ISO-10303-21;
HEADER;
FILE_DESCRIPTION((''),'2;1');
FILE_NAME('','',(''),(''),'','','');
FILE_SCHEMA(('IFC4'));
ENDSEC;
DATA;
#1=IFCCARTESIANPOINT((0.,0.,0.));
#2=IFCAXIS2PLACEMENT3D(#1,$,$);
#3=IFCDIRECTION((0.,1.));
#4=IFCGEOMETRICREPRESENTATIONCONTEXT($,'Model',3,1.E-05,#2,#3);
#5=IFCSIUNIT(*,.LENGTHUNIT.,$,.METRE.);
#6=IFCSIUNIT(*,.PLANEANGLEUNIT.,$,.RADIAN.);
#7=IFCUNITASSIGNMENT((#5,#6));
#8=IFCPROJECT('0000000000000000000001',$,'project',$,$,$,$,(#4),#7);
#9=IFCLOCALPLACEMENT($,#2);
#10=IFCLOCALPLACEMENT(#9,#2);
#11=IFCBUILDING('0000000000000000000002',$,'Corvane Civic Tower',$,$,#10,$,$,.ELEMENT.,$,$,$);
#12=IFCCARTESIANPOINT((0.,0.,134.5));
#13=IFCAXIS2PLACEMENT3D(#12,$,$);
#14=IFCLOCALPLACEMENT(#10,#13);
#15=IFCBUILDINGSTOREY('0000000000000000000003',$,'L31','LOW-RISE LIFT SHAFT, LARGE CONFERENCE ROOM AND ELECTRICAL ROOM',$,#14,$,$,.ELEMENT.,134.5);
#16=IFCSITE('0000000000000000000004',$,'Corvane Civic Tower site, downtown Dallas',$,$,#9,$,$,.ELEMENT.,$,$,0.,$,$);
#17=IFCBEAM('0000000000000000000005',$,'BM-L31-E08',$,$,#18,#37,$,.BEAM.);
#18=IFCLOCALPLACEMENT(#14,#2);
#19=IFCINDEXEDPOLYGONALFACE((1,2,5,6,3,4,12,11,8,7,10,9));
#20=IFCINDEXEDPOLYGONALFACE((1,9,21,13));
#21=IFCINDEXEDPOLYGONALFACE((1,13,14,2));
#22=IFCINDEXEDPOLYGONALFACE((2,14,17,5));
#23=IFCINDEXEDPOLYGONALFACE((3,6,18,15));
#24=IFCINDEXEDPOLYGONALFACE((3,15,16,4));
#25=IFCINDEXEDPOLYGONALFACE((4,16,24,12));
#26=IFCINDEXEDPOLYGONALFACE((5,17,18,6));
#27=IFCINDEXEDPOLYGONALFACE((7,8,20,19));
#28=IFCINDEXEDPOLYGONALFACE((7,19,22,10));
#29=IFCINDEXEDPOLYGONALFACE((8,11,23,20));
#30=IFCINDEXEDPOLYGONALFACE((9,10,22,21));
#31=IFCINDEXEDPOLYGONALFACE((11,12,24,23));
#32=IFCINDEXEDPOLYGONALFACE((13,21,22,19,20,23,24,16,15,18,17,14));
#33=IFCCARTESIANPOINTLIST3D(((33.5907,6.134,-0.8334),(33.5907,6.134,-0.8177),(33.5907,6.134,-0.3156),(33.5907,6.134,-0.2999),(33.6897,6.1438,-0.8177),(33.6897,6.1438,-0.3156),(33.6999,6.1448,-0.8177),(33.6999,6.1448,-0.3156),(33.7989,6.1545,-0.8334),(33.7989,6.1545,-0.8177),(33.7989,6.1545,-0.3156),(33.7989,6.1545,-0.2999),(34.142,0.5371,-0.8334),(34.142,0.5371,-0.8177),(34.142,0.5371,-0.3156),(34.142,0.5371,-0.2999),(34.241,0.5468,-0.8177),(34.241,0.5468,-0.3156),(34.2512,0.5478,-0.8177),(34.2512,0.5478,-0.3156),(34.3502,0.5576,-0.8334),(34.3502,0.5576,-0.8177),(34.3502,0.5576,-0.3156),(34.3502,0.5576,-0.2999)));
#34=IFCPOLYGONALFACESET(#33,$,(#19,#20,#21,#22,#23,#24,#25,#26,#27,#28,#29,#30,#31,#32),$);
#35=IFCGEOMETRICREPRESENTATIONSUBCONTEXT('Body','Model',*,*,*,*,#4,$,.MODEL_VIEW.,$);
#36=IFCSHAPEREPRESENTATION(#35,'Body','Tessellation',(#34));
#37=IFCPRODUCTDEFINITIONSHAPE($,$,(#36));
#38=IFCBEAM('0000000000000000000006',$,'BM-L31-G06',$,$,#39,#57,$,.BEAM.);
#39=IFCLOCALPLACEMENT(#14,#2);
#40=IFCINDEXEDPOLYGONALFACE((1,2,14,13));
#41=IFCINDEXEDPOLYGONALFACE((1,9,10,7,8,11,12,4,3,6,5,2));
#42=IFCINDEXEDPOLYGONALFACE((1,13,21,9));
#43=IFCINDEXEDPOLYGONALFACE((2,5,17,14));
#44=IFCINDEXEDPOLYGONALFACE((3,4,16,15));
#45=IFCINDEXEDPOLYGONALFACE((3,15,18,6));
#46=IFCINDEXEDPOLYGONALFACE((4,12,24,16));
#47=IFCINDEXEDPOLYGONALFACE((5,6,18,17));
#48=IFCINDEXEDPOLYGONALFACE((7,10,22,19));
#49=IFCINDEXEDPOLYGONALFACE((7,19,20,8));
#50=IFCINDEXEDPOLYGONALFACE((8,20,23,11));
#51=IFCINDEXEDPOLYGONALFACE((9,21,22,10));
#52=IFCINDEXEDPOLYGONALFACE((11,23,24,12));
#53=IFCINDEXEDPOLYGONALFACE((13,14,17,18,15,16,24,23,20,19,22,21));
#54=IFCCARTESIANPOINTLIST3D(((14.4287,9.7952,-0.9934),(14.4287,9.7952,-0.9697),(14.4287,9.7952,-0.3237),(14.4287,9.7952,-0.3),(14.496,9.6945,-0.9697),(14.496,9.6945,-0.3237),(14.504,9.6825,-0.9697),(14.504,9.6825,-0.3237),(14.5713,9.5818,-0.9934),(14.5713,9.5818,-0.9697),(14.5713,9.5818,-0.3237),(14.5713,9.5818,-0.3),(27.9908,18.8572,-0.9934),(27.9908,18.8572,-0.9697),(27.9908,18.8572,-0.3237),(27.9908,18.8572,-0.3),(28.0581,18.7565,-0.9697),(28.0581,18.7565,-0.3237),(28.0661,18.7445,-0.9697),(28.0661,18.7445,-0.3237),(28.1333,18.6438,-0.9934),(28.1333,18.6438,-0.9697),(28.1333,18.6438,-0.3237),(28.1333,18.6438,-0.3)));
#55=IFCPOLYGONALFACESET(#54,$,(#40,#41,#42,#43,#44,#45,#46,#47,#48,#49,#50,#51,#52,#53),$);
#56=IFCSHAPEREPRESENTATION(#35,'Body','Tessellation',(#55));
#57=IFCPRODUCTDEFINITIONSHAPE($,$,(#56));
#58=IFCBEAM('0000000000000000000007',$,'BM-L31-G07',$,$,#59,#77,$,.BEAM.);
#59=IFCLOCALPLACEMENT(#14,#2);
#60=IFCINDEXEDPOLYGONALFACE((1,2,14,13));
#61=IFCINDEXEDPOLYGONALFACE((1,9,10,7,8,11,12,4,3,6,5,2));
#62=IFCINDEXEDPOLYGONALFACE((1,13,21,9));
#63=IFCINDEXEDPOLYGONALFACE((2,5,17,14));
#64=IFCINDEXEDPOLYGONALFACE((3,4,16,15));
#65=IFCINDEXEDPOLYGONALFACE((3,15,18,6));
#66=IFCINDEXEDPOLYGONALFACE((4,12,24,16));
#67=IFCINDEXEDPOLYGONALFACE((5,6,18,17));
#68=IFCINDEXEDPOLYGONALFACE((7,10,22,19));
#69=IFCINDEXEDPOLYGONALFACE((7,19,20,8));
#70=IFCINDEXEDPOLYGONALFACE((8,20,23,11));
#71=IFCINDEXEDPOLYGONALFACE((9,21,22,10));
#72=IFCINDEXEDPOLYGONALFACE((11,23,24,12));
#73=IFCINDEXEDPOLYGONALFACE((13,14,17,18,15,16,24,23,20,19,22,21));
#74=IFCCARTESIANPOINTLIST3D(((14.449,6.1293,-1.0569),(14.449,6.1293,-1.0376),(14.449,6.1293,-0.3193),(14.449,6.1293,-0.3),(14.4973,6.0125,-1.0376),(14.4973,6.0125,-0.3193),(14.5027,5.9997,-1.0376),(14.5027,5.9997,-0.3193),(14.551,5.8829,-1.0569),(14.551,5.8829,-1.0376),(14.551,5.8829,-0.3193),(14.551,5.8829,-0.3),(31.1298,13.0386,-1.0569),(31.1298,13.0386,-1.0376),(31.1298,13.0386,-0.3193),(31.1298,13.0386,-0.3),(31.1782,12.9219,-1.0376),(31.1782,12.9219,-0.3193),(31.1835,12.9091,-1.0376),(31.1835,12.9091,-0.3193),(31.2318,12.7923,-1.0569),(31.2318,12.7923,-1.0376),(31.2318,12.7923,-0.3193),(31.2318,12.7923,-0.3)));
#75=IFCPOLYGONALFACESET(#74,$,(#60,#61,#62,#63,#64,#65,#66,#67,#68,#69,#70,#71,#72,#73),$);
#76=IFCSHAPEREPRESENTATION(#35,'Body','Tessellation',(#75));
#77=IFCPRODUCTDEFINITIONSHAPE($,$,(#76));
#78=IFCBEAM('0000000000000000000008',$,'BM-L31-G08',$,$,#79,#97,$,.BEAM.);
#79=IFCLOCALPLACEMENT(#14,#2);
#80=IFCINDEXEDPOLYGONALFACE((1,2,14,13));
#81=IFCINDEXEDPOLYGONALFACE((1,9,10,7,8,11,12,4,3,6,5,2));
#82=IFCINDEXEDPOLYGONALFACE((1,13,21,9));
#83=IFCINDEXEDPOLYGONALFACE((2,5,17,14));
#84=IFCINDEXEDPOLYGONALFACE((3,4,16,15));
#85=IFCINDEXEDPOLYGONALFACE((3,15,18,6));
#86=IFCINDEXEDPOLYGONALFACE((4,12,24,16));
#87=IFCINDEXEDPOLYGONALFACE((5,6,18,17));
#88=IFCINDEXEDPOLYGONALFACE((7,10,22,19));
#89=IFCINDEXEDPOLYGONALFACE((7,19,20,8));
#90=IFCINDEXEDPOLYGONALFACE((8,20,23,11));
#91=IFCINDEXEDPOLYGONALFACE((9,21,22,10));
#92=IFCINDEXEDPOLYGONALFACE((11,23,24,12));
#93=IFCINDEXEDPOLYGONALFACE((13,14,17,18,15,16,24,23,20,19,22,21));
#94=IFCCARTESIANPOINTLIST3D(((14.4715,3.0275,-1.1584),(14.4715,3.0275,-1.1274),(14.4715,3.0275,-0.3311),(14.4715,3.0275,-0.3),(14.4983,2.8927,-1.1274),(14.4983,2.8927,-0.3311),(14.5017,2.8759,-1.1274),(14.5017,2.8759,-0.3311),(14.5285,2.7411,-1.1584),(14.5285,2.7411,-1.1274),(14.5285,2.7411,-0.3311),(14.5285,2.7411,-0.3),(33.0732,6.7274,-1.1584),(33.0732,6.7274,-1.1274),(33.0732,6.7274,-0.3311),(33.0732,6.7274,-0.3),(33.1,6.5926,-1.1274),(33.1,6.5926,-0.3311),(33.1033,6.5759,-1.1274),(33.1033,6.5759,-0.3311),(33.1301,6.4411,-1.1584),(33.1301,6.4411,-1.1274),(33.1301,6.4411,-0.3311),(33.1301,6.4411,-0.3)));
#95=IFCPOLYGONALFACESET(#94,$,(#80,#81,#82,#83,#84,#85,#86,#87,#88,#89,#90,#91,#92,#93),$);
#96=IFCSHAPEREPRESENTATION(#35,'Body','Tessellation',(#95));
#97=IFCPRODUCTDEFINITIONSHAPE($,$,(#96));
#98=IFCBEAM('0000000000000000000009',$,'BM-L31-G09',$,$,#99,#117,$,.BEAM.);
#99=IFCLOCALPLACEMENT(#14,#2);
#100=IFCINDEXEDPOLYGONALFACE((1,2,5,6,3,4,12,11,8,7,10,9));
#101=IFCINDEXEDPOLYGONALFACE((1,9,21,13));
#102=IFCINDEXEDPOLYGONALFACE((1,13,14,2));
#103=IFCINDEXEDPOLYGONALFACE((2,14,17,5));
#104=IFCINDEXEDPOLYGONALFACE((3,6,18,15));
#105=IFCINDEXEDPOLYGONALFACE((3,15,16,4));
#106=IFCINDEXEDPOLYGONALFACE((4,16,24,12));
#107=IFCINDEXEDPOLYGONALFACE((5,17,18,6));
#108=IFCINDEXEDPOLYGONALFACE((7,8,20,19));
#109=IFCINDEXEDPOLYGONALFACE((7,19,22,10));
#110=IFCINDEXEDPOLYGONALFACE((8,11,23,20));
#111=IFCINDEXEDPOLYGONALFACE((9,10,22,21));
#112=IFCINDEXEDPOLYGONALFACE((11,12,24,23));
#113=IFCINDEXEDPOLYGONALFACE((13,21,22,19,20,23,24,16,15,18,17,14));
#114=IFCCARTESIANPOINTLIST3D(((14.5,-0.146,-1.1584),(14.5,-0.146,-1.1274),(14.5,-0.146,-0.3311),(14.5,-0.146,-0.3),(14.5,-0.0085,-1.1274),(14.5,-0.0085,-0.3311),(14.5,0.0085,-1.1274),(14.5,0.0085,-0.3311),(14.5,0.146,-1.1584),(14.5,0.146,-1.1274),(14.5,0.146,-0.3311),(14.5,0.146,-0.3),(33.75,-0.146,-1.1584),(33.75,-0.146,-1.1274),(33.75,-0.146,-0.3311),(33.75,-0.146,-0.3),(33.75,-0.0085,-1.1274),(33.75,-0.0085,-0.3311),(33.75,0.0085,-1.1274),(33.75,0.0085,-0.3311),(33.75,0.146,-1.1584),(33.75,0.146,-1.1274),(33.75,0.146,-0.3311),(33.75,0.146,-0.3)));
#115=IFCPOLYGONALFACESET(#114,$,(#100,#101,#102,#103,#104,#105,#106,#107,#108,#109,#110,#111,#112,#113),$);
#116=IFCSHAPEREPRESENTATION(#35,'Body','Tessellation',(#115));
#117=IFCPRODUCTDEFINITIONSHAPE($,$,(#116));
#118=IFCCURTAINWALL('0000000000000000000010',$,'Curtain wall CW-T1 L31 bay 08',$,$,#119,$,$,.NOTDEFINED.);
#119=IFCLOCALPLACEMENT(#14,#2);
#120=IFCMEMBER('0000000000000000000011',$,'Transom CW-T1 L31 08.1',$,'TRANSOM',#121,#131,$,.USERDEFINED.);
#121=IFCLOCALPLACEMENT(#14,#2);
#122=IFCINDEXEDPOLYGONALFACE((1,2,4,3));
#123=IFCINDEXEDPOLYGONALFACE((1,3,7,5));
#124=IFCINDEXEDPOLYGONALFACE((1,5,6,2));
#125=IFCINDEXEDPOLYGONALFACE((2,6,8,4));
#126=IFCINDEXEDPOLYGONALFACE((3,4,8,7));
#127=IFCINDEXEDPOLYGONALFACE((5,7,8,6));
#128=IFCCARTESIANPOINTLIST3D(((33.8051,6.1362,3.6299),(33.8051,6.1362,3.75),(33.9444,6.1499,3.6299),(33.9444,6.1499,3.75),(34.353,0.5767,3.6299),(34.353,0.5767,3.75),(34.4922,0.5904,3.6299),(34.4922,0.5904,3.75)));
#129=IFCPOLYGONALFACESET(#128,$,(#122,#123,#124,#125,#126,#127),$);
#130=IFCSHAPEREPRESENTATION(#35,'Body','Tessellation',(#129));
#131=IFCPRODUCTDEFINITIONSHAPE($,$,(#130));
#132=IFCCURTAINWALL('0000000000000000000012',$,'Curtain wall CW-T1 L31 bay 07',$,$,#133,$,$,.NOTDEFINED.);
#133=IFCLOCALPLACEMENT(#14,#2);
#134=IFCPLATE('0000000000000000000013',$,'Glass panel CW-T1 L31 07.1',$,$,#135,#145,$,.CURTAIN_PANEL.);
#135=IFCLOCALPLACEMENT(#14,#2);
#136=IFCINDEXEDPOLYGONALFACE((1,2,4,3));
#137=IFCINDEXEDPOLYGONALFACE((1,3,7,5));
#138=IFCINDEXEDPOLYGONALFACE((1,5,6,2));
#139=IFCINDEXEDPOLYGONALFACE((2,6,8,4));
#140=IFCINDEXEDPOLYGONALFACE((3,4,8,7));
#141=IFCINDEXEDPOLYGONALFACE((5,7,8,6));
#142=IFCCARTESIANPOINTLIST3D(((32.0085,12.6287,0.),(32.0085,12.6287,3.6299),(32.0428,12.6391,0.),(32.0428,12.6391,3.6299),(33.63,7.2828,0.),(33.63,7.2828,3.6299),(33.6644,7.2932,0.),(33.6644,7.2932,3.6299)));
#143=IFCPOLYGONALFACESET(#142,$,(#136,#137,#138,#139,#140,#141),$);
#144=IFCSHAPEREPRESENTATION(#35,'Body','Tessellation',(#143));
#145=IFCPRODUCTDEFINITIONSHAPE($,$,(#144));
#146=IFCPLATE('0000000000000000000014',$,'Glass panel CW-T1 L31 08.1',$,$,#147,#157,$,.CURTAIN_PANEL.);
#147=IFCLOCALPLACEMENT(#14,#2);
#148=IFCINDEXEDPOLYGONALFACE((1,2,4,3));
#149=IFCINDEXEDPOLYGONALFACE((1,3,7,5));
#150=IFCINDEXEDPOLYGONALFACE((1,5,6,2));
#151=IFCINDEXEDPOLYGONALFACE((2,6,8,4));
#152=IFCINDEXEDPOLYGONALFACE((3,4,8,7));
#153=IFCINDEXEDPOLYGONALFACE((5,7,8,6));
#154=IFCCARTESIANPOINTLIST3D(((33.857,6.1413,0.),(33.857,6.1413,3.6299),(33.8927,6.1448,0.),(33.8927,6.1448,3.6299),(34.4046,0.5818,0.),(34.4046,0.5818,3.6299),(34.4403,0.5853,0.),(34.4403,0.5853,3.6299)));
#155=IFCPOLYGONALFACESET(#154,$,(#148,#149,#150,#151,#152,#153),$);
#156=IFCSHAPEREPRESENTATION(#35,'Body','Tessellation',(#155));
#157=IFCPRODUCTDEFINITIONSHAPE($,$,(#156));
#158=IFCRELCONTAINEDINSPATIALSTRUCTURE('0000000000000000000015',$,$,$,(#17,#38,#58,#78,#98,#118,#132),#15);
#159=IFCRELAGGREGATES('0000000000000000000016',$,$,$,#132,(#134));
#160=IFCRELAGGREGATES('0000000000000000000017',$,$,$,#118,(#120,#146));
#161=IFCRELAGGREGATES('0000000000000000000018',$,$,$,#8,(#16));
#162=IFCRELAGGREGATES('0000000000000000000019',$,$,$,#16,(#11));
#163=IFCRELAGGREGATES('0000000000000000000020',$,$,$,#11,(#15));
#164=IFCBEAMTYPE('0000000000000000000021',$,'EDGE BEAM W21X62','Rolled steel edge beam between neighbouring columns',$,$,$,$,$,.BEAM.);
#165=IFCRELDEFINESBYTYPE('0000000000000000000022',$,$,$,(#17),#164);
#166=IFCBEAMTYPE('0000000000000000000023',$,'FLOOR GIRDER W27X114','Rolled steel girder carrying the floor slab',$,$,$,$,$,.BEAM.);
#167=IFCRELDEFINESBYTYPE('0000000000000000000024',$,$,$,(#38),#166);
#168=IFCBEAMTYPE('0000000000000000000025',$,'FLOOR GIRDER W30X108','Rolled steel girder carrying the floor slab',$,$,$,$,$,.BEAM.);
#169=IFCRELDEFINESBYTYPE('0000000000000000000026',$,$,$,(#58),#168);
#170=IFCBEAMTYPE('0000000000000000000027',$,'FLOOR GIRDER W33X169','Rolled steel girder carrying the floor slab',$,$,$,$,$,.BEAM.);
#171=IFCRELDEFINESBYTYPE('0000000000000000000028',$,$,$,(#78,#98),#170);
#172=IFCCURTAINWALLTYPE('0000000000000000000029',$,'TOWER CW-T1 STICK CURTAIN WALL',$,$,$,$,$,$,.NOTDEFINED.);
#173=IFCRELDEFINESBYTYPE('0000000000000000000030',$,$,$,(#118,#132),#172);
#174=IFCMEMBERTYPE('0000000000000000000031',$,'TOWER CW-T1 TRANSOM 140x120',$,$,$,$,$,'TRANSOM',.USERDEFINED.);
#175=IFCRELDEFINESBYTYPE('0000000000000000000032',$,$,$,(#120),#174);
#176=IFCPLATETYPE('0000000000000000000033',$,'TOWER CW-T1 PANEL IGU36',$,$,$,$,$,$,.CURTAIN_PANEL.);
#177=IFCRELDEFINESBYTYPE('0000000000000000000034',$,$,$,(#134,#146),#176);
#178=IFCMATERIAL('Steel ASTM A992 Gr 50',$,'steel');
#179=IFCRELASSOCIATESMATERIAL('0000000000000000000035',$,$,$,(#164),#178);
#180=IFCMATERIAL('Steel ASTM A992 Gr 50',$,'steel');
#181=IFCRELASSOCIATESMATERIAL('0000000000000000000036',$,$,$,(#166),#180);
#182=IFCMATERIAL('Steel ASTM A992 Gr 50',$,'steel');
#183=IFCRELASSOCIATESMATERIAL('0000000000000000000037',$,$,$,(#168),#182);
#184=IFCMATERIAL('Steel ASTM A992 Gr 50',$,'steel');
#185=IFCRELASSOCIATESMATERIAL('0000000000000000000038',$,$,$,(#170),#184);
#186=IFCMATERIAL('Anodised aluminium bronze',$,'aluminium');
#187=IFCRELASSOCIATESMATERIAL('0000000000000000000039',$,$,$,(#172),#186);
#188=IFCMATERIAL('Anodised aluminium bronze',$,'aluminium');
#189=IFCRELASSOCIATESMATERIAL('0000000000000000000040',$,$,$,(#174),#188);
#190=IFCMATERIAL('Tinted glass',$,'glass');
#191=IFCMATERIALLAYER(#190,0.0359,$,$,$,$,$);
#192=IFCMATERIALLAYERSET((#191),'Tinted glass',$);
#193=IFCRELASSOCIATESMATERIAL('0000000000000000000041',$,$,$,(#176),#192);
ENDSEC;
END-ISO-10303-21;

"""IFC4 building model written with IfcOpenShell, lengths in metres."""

from ifc_helpers import new_model, si_unit, direction, frame, origin, origin_2d, place, context, subcontext, project, spatial, rectangle, i_section, extrude, material, layer, layer_set, material_profile, profile_set, type_object, element, aggregate, save


model = new_model("IFC4")

# Units and contexts
model_context = context("Model", 3, precision=1e-05, world=origin(), true_north=direction((0.0, 1.0)))
body_context = subcontext(model_context, "Body", "Model", "MODEL_VIEW")
ifc_project = project(units=[si_unit("LENGTHUNIT", "METRE"), si_unit("PLANEANGLEUNIT", "RADIAN")], contexts=[model_context])

# Site, building, storey
site_placement = place(None, origin())
site = spatial("IfcSite", under=ifc_project, at=site_placement, Name="Corvane Civic Tower site, downtown Dallas", CompositionType="ELEMENT", RefElevation=0.0)
building_placement = place(site_placement, origin())
building = spatial("IfcBuilding", under=site, at=building_placement, Name="Corvane Civic Tower", CompositionType="ELEMENT")
storey_placement = place(building_placement, frame((0.0, 0.0, 134.5)))
storey = spatial("IfcBuildingStorey", under=building, at=storey_placement, Name="L31", Description="LOW-RISE LIFT SHAFT, LARGE CONFERENCE ROOM AND ELECTRICAL ROOM", CompositionType="ELEMENT", Elevation=134.5)

# Beams
ifc_material_1 = material(Name="Steel ASTM A992 Gr 50", Category="steel")
ifc_material_profile_1 = material_profile(ifc_material_1, i_section(OverallWidth=0.2092, OverallDepth=0.5334, WebThickness=0.0103, FlangeThickness=0.0156, at=origin_2d()), Name="W21X62")
ifc_profile_set_1 = profile_set([ifc_material_profile_1], Name="Steel ASTM A992 Gr 50")
beam_type_1 = type_object("IfcBeamType", Name="EDGE BEAM W21X62", Description="Rolled steel edge beam between neighbouring columns", PredefinedType="BEAM", material=ifc_profile_set_1)
beam_1_placement = place(storey_placement, frame((33.6948, 6.1443, -0.5667), z_axis=(0.098021, -0.995184, 0.0), x_axis=(0.995184, 0.098021, 0.0)))
element("IfcBeam", 1, at=beam_1_placement, inside=storey, type_object=beam_type_1, Name="BM-L31-E08", PredefinedType="BEAM", context=body_context, shape_type="SweptSolid", body=[
    extrude(i_section(OverallWidth=0.2092, OverallDepth=0.5334, WebThickness=0.0103, FlangeThickness=0.0156, at=origin_2d()), origin(), (0.0, 0.0, 1.0), 5.624),
])
ifc_material_2 = material(Name="Steel ASTM A992 Gr 50", Category="steel")
ifc_material_profile_2 = material_profile(ifc_material_2, i_section(OverallWidth=0.2566, OverallDepth=0.6934, WebThickness=0.0144, FlangeThickness=0.0237, at=origin_2d()), Name="W27X114")
ifc_profile_set_2 = profile_set([ifc_material_profile_2], Name="Steel ASTM A992 Gr 50")
beam_type_2 = type_object("IfcBeamType", Name="FLOOR GIRDER W27X114", Description="Rolled steel girder carrying the floor slab", PredefinedType="BEAM", material=ifc_profile_set_2)
beam_2_placement = place(storey_placement, frame((14.5, 9.6885, -0.6467), z_axis=(0.831465, 0.555577, 0.0), x_axis=(-0.555577, 0.831465, 0.0)))
element("IfcBeam", 2, at=beam_2_placement, inside=storey, type_object=beam_type_2, Name="BM-L31-G06", PredefinedType="BEAM", context=body_context, shape_type="SweptSolid", body=[
    extrude(i_section(OverallWidth=0.2566, OverallDepth=0.6934, WebThickness=0.0144, FlangeThickness=0.0237, at=origin_2d()), origin(), (0.0, 0.0, 1.0), 16.311),
])
ifc_material_3 = material(Name="Steel ASTM A992 Gr 50", Category="steel")
ifc_material_profile_3 = material_profile(ifc_material_3, i_section(OverallWidth=0.2666, OverallDepth=0.7568, WebThickness=0.0139, FlangeThickness=0.0193, at=origin_2d()), Name="W30X108")
ifc_profile_set_3 = profile_set([ifc_material_profile_3], Name="Steel ASTM A992 Gr 50")
beam_type_3 = type_object("IfcBeamType", Name="FLOOR GIRDER W30X108", Description="Rolled steel girder carrying the floor slab", PredefinedType="BEAM", material=ifc_profile_set_3)
beam_3_placement = place(storey_placement, frame((14.5, 6.0061, -0.6785), z_axis=(0.92388, 0.382682, 0.0), x_axis=(-0.382682, 0.92388, 0.0)))
element("IfcBeam", 3, at=beam_3_placement, inside=storey, type_object=beam_type_3, Name="BM-L31-G07", PredefinedType="BEAM", context=body_context, shape_type="SweptSolid", body=[
    extrude(i_section(OverallWidth=0.2666, OverallDepth=0.7568, WebThickness=0.0139, FlangeThickness=0.0193, at=origin_2d()), origin(), (0.0, 0.0, 1.0), 18.0552),
])
ifc_material_4 = material(Name="Steel ASTM A992 Gr 50", Category="steel")
ifc_material_profile_4 = material_profile(ifc_material_4, i_section(OverallWidth=0.292, OverallDepth=0.8584, WebThickness=0.0171, FlangeThickness=0.031, at=origin_2d()), Name="W33X169")
ifc_profile_set_4 = profile_set([ifc_material_profile_4], Name="Steel ASTM A992 Gr 50")
beam_type_4 = type_object("IfcBeamType", Name="FLOOR GIRDER W33X169", Description="Rolled steel girder carrying the floor slab", PredefinedType="BEAM", material=ifc_profile_set_4)
beam_4_placement = place(storey_placement, frame((14.5, 2.8843, -0.7292), z_axis=(0.980787, 0.195084, 0.0), x_axis=(-0.195084, 0.980787, 0.0)))
element("IfcBeam", 4, at=beam_4_placement, inside=storey, type_object=beam_type_4, Name="BM-L31-G08", PredefinedType="BEAM", context=body_context, shape_type="SweptSolid", body=[
    extrude(i_section(OverallWidth=0.292, OverallDepth=0.8584, WebThickness=0.0171, FlangeThickness=0.031, at=origin_2d()), origin(), (0.0, 0.0, 1.0), 18.9661),
])
beam_5_placement = place(storey_placement, frame((14.5, 0.0, -0.7292), z_axis=(1.0, 0.0, 0.0), x_axis=(0.0, 1.0, 0.0)))
element("IfcBeam", 5, at=beam_5_placement, inside=storey, type_object=beam_type_4, Name="BM-L31-G09", PredefinedType="BEAM", context=body_context, shape_type="SweptSolid", body=[
    extrude(i_section(OverallWidth=0.292, OverallDepth=0.8584, WebThickness=0.0171, FlangeThickness=0.031, at=origin_2d()), origin(), (0.0, 0.0, 1.0), 19.25),
])

# Curtain wall, member
ifc_material_5 = material(Name="Anodised aluminium bronze", Category="aluminium")
curtain_wall_type = type_object("IfcCurtainWallType", Name="TOWER CW-T1 STICK CURTAIN WALL", PredefinedType="NOTDEFINED", material=ifc_material_5)
curtain_wall_1_placement = place(storey_placement, origin())
curtain_wall_1 = element("IfcCurtainWall", 6, at=curtain_wall_1_placement, inside=storey, type_object=curtain_wall_type, Name="Curtain wall CW-T1 L31 bay 08", PredefinedType="NOTDEFINED")
ifc_material_6 = material(Name="Anodised aluminium bronze", Category="aluminium")
ifc_material_profile_5 = material_profile(ifc_material_6, rectangle(XDim=0.1399, YDim=0.1201, at=origin_2d()), Name="TOWER CW-T1 TRANSOM 140x120")
ifc_profile_set_5 = profile_set([ifc_material_profile_5], Name="Anodised aluminium bronze")
member_type = type_object("IfcMemberType", Name="TOWER CW-T1 TRANSOM 140x120", ElementType="TRANSOM", PredefinedType="USERDEFINED", material=ifc_profile_set_5)
member_placement = place(storey_placement, frame((33.8748, 6.1431, 3.6899), z_axis=(0.098067, -0.99518, 0.0), x_axis=(0.99518, 0.098067, 0.0)))
member = element("IfcMember", 7, at=member_placement, type_object=member_type, Name="Transom CW-T1 L31 08.1", ObjectType="TRANSOM", PredefinedType="USERDEFINED", context=body_context, shape_type="SweptSolid", body=[
    extrude(rectangle(XDim=0.1399, YDim=0.1201, at=origin_2d()), origin(), (0.0, 0.0, 1.0), 5.5864),
])

# Curtain wall, plate
curtain_wall_2_placement = place(storey_placement, origin())
curtain_wall_2 = element("IfcCurtainWall", 8, at=curtain_wall_2_placement, inside=storey, type_object=curtain_wall_type, Name="Curtain wall CW-T1 L31 bay 07", PredefinedType="NOTDEFINED")
ifc_material_7 = material(Name="Tinted glass", Category="glass")
ifc_layer_1 = layer(ifc_material_7, 0.0359)
ifc_layer_set_1 = layer_set([ifc_layer_1], Name="Tinted glass")
plate_type = type_object("IfcPlateType", Name="TOWER CW-T1 PANEL IGU36", PredefinedType="CURTAIN_PANEL", material=ifc_layer_set_1)
plate_1_placement = place(storey_placement, frame((32.8364, 9.9609, 0.0), z_axis=(0.0, 0.0, 1.0), x_axis=(0.290266, -0.956946, 0.0)))
plate_1 = element("IfcPlate", 9, at=plate_1_placement, type_object=plate_type, Name="Glass panel CW-T1 L31 07.1", PredefinedType="CURTAIN_PANEL", context=body_context, shape_type="SweptSolid", body=[
    extrude(rectangle(XDim=5.5864, YDim=0.0359, at=origin_2d()), origin(), (0.0, 0.0, 1.0), 3.6299),
])
aggregate(curtain_wall_2, [plate_1])

# Plate
plate_2_placement = place(storey_placement, frame((34.1487, 3.3633, 0.0), z_axis=(0.0, 0.0, 1.0), x_axis=(0.098027, -0.995184, 0.0)))
plate_2 = element("IfcPlate", 10, at=plate_2_placement, type_object=plate_type, Name="Glass panel CW-T1 L31 08.1", PredefinedType="CURTAIN_PANEL", context=body_context, shape_type="SweptSolid", body=[
    extrude(rectangle(XDim=5.5864, YDim=0.0359, at=origin_2d()), origin(), (0.0, 0.0, 1.0), 3.6299),
])
aggregate(curtain_wall_1, [member, plate_2])

save(model, "model.ifc")
